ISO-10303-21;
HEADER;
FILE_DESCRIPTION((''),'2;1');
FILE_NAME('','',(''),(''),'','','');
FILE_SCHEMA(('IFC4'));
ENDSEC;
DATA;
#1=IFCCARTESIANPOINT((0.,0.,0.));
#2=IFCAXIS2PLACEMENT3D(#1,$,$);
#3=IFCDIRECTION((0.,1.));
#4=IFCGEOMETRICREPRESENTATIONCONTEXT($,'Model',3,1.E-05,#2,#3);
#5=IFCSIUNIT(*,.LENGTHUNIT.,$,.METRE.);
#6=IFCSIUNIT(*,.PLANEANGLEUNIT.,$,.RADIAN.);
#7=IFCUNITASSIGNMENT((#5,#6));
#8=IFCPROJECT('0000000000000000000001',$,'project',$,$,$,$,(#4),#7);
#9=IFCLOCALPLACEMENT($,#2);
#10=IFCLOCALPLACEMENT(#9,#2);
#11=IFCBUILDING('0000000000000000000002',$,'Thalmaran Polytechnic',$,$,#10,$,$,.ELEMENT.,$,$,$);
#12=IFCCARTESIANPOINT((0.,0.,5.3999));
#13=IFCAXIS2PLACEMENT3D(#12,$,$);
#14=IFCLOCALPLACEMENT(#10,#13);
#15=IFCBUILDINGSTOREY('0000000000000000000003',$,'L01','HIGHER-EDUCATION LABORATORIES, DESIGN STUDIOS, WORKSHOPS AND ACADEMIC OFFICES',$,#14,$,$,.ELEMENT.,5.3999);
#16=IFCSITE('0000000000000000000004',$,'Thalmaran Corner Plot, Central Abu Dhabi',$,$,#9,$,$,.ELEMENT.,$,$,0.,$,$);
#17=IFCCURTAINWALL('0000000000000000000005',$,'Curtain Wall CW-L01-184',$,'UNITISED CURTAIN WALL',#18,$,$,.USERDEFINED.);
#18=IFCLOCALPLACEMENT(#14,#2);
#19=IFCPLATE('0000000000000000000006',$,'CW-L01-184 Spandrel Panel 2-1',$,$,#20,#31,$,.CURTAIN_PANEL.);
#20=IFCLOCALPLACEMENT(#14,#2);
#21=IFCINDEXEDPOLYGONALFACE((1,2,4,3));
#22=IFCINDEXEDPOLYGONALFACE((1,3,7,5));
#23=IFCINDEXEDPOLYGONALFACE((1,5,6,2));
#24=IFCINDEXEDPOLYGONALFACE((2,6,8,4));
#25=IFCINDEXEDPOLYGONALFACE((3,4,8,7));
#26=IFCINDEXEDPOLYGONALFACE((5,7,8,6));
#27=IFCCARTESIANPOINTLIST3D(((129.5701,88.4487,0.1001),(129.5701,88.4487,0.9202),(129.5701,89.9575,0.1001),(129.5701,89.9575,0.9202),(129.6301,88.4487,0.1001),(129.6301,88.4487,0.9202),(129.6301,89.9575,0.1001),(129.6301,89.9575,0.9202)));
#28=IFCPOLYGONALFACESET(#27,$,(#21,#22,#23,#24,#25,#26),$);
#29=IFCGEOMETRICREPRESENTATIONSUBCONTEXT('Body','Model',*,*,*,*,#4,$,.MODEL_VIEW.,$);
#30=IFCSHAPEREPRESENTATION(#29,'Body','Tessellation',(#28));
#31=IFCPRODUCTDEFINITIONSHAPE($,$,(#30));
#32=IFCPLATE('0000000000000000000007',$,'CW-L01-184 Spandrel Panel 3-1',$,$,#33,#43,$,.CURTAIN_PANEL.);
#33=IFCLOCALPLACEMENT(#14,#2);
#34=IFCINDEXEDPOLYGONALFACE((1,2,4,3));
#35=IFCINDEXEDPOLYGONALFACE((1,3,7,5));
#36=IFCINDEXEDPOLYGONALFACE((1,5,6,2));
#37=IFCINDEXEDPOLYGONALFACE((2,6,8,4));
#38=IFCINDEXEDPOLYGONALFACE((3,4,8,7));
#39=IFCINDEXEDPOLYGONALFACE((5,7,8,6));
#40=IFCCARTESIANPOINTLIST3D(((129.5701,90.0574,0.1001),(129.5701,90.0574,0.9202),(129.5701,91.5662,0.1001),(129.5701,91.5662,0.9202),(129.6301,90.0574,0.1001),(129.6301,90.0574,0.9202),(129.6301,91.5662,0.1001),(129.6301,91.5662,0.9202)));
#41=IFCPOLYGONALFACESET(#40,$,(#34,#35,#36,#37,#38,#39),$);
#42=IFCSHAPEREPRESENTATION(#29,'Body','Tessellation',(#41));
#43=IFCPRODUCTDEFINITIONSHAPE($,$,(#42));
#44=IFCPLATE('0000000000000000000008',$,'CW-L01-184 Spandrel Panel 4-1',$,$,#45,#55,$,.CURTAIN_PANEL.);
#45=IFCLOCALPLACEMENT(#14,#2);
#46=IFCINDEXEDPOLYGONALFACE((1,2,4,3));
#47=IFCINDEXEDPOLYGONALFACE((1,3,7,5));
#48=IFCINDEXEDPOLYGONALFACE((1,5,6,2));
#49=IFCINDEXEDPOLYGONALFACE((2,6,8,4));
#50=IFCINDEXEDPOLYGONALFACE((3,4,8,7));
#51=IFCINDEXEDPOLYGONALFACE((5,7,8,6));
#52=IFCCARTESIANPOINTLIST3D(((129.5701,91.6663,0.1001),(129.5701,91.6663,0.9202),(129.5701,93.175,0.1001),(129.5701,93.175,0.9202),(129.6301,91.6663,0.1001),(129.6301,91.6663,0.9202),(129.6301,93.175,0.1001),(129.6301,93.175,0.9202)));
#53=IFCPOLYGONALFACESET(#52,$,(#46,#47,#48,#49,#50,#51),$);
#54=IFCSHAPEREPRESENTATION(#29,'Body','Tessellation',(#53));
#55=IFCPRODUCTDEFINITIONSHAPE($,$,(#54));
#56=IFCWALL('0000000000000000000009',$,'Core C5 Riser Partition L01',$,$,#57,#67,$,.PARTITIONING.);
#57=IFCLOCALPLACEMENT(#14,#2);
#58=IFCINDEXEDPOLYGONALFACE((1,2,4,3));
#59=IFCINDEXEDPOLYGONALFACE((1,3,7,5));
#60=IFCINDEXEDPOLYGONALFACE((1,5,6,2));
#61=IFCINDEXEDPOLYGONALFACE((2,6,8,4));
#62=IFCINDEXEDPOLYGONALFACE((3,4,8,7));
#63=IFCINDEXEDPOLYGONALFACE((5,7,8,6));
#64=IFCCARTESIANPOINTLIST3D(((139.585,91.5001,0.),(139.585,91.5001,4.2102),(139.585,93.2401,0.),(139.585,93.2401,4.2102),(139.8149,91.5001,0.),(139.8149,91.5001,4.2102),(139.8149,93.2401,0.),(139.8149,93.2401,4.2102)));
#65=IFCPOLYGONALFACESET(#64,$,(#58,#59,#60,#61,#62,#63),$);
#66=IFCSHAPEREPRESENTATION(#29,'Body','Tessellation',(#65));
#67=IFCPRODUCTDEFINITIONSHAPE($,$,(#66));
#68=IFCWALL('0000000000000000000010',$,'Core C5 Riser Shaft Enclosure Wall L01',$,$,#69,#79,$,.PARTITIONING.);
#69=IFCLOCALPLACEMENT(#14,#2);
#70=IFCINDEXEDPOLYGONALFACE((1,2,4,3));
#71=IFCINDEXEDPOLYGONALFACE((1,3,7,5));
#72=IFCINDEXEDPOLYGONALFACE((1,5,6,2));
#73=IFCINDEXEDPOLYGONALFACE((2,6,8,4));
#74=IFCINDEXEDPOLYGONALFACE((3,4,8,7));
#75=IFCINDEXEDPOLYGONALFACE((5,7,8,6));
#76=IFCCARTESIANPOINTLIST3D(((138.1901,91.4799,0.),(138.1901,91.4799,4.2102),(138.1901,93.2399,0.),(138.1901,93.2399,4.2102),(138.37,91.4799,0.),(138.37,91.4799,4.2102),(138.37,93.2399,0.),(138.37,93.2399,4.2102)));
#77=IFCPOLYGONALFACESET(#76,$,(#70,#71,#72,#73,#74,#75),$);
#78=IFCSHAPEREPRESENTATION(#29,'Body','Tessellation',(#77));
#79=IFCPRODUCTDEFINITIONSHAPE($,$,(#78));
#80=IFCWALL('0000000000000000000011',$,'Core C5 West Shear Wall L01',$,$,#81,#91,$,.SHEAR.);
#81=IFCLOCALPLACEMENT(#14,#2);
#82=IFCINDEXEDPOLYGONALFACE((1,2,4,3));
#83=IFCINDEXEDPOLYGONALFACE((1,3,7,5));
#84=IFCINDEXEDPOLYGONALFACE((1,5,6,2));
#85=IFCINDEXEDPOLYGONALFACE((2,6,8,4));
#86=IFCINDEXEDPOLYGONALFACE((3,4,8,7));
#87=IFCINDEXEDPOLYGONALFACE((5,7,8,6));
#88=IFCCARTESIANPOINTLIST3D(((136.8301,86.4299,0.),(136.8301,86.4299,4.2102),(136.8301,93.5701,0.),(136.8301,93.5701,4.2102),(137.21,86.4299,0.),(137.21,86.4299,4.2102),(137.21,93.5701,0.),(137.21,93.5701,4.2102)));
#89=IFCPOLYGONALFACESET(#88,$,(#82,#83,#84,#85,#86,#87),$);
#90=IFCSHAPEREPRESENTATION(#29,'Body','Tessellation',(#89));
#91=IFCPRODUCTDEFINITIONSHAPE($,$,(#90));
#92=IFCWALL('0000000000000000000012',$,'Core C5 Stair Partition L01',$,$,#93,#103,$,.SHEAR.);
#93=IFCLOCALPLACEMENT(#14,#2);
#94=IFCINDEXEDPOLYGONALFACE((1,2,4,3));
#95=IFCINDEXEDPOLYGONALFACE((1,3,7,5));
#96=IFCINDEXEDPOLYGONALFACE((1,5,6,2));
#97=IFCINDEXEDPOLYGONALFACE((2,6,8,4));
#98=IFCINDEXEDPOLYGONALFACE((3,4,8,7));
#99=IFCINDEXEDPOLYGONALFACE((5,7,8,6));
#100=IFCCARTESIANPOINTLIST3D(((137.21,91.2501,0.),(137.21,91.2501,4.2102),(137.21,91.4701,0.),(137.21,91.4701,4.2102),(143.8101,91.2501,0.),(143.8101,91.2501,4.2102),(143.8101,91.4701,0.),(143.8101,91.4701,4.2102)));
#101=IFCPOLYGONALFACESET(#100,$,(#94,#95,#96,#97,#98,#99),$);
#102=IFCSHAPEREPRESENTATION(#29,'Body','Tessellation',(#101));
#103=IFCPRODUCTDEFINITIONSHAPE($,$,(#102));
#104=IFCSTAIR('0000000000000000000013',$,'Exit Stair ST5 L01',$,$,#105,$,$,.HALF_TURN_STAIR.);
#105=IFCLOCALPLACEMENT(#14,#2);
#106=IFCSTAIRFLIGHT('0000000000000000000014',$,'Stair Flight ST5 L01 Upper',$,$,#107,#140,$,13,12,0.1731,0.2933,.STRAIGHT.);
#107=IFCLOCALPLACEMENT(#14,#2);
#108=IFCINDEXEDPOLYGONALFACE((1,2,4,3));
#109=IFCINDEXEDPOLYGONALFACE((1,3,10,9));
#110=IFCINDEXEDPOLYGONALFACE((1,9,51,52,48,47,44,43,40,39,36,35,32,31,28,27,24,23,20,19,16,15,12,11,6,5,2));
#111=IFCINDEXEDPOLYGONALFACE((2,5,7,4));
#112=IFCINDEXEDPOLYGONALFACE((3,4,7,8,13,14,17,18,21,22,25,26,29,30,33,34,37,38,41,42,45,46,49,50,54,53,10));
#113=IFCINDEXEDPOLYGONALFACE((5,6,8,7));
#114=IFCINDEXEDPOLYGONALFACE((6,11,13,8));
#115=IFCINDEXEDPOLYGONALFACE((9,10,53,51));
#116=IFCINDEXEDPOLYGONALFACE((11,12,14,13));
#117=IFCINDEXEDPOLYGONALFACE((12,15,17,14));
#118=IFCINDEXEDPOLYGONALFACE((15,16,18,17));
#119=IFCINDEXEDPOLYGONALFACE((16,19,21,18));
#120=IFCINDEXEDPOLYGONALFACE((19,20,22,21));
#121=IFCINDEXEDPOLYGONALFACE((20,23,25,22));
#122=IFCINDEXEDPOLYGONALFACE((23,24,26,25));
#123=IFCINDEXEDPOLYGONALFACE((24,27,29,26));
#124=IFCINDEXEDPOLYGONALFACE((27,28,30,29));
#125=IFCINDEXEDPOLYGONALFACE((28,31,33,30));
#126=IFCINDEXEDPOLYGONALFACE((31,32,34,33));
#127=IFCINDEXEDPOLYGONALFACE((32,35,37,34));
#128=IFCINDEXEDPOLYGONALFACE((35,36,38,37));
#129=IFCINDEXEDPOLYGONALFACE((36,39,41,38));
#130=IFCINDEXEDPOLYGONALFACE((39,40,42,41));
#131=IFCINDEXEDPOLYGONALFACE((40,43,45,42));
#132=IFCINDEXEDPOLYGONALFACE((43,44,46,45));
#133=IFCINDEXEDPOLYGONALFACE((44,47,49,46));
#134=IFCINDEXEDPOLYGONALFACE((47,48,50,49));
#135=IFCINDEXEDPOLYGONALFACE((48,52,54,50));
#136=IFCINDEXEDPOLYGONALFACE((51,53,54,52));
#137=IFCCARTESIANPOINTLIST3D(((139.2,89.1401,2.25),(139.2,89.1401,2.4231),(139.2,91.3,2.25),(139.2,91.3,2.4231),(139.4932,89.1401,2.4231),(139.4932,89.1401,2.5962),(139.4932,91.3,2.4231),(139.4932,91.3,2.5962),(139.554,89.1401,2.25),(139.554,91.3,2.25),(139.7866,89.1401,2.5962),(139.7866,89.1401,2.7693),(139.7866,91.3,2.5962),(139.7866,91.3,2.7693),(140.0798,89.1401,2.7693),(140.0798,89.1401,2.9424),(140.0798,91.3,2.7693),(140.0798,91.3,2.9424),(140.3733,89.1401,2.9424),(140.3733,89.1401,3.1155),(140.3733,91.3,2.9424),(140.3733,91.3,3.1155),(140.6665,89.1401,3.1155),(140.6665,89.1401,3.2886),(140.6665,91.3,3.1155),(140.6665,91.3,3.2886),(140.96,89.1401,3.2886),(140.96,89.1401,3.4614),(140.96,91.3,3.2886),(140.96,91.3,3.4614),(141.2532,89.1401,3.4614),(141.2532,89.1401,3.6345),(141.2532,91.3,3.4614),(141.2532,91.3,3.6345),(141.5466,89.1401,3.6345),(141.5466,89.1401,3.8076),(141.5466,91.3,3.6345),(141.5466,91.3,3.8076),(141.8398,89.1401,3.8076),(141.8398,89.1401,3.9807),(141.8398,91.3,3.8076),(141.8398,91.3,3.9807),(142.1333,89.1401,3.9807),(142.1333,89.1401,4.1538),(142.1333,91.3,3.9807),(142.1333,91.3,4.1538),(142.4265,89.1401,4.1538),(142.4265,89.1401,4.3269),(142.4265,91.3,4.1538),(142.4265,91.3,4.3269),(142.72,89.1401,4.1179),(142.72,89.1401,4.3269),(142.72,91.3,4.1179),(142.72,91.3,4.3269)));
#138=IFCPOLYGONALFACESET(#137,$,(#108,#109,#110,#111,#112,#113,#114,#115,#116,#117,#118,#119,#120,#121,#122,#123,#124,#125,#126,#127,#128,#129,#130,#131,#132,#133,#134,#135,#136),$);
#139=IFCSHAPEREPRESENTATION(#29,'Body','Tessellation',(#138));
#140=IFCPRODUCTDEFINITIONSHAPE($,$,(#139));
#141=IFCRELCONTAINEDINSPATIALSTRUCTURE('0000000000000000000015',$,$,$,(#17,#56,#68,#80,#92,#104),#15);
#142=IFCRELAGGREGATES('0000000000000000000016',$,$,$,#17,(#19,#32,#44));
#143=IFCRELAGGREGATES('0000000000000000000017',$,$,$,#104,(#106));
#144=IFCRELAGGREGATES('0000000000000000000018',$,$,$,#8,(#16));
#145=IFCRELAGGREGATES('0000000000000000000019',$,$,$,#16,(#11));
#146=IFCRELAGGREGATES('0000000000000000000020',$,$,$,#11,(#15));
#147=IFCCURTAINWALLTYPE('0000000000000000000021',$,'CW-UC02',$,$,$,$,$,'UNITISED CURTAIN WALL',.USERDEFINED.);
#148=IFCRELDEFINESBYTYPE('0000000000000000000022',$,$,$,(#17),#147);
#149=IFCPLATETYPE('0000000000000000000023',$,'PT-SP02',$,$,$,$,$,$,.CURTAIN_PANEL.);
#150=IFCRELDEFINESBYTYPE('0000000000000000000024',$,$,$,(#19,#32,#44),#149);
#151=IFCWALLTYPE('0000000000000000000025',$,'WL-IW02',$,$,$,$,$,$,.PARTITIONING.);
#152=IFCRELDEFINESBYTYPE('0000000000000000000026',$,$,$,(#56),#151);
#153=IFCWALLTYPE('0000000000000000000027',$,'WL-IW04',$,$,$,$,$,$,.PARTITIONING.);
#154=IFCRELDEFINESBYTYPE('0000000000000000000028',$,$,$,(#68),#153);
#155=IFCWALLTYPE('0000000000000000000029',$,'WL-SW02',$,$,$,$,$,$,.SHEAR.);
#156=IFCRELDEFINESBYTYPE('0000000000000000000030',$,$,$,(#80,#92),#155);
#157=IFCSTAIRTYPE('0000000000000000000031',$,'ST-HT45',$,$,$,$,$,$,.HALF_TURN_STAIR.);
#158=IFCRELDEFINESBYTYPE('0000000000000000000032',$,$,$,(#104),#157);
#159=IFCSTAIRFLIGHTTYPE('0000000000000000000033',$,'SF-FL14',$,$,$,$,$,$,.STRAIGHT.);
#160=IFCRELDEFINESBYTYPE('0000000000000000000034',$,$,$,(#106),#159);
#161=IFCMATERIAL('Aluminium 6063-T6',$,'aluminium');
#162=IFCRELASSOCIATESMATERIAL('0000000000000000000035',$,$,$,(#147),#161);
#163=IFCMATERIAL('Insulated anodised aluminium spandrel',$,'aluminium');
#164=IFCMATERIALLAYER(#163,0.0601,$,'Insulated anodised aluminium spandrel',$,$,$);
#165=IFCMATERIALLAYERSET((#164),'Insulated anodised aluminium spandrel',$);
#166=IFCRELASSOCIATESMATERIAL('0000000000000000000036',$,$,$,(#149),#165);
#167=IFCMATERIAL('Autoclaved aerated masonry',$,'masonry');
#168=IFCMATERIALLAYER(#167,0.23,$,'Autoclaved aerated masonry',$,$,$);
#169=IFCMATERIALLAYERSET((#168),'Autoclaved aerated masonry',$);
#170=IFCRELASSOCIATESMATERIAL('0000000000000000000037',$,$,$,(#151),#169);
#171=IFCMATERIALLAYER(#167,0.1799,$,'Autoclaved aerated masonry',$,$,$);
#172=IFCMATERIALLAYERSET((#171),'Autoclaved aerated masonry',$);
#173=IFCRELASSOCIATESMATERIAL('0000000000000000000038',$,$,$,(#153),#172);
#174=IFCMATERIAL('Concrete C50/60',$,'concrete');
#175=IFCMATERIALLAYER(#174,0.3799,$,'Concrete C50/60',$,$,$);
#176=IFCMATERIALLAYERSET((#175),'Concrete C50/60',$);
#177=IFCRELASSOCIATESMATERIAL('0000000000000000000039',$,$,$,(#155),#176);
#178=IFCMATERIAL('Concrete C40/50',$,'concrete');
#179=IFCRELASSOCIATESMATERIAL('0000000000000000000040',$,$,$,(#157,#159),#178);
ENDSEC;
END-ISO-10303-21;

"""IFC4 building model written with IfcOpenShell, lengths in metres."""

from ifc_helpers import new_model, si_unit, direction, frame, frame_2d, origin, origin_2d, place, context, subcontext, project, spatial, polyline, rectangle, outline, extrude, material, layer, layer_set, type_object, element, aggregate, save


model = new_model("IFC4")

# Units and contexts
model_context = context("Model", 3, precision=1e-05, world=origin(), true_north=direction((0.0, 1.0)))
body_context = subcontext(model_context, "Body", "Model", "MODEL_VIEW")
ifc_project = project(units=[si_unit("LENGTHUNIT", "METRE"), si_unit("PLANEANGLEUNIT", "RADIAN")], contexts=[model_context])

# Site, building, storey
site_placement = place(None, origin())
site = spatial("IfcSite", under=ifc_project, at=site_placement, Name="Thalmaran Corner Plot, Central Abu Dhabi", CompositionType="ELEMENT", RefElevation=0.0)
building_placement = place(site_placement, origin())
building = spatial("IfcBuilding", under=site, at=building_placement, Name="Thalmaran Polytechnic", CompositionType="ELEMENT")
storey_placement = place(building_placement, frame((0.0, 0.0, 5.3999)))
storey = spatial("IfcBuildingStorey", under=building, at=storey_placement, Name="L01", Description="HIGHER-EDUCATION LABORATORIES, DESIGN STUDIOS, WORKSHOPS AND ACADEMIC OFFICES", CompositionType="ELEMENT", Elevation=5.3999)

# Shared definitions
ifc_material_1 = material(Name="Concrete C50/60", Category="concrete")

# Shared definitions
ifc_material_2 = material(Name="Concrete C40/50", Category="concrete")

# Curtain wall, plates
ifc_material_3 = material(Name="Aluminium 6063-T6", Category="aluminium")
curtain_wall_type = type_object("IfcCurtainWallType", Name="CW-UC02", ElementType="UNITISED CURTAIN WALL", PredefinedType="USERDEFINED", material=ifc_material_3)
curtain_wall_placement = place(storey_placement, origin())
curtain_wall = element("IfcCurtainWall", 1, at=curtain_wall_placement, inside=storey, type_object=curtain_wall_type, Name="Curtain Wall CW-L01-184", ObjectType="UNITISED CURTAIN WALL", PredefinedType="USERDEFINED")
ifc_material_4 = material(Name="Insulated anodised aluminium spandrel", Category="aluminium")
ifc_layer_1 = layer(ifc_material_4, 0.0601, Name="Insulated anodised aluminium spandrel")
ifc_layer_set_1 = layer_set([ifc_layer_1], Name="Insulated anodised aluminium spandrel")
plate_type_1 = type_object("IfcPlateType", Name="PT-SP02", PredefinedType="CURTAIN_PANEL", material=ifc_layer_set_1)
plate_1_placement = place(storey_placement, frame((129.6001, 89.2031, 0.1001), z_axis=(0.0, 0.0, 1.0), x_axis=(0.0, 1.0, 0.0)))
plate_1 = element("IfcPlate", 2, at=plate_1_placement, type_object=plate_type_1, Name="CW-L01-184 Spandrel Panel 2-1", PredefinedType="CURTAIN_PANEL", context=body_context, shape_type="SweptSolid", body=[
    extrude(rectangle(XDim=1.5088, YDim=0.0601, at=origin_2d()), origin(), (0.0, 0.0, 1.0), 0.8201),
])
plate_2_placement = place(storey_placement, frame((129.6001, 90.8118, 0.1001), z_axis=(0.0, 0.0, 1.0), x_axis=(0.0, 1.0, 0.0)))
plate_2 = element("IfcPlate", 3, at=plate_2_placement, type_object=plate_type_1, Name="CW-L01-184 Spandrel Panel 3-1", PredefinedType="CURTAIN_PANEL", context=body_context, shape_type="SweptSolid", body=[
    extrude(rectangle(XDim=1.5088, YDim=0.0601, at=origin_2d()), origin(), (0.0, 0.0, 1.0), 0.8201),
])
plate_3_placement = place(storey_placement, frame((129.6001, 92.4207, 0.1001), z_axis=(0.0, 0.0, 1.0), x_axis=(0.0, 1.0, 0.0)))
plate_3 = element("IfcPlate", 4, at=plate_3_placement, type_object=plate_type_1, Name="CW-L01-184 Spandrel Panel 4-1", PredefinedType="CURTAIN_PANEL", context=body_context, shape_type="SweptSolid", body=[
    extrude(rectangle(XDim=1.5088, YDim=0.0601, at=origin_2d()), origin(), (0.0, 0.0, 1.0), 0.8201),
])
aggregate(curtain_wall, [plate_1, plate_2, plate_3])

# Walls
ifc_material_5 = material(Name="Autoclaved aerated masonry", Category="masonry")
ifc_layer_2 = layer(ifc_material_5, 0.23, Name="Autoclaved aerated masonry")
ifc_layer_set_2 = layer_set([ifc_layer_2], Name="Autoclaved aerated masonry")
wall_type_1 = type_object("IfcWallType", Name="WL-IW02", PredefinedType="PARTITIONING", material=ifc_layer_set_2)
wall_1_placement = place(storey_placement, frame((139.7, 91.5, 0.0), z_axis=(0.0, 0.0, 1.0), x_axis=(0.0, 1.0, 0.0)))
element("IfcWall", 5, at=wall_1_placement, inside=storey, type_object=wall_type_1, Name="Core C5 Riser Partition L01", PredefinedType="PARTITIONING", context=body_context, shape_type="SweptSolid", body=[
    extrude(rectangle(XDim=1.74, YDim=0.23, at=frame_2d((0.8701, 0.0))), origin(), (0.0, 0.0, 1.0), 4.2102),
])
ifc_layer_3 = layer(ifc_material_5, 0.1799, Name="Autoclaved aerated masonry")
ifc_layer_set_3 = layer_set([ifc_layer_3], Name="Autoclaved aerated masonry")
wall_type_2 = type_object("IfcWallType", Name="WL-IW04", PredefinedType="PARTITIONING", material=ifc_layer_set_3)
wall_2_placement = place(storey_placement, frame((138.28, 91.48, 0.0), z_axis=(0.0, 0.0, 1.0), x_axis=(0.0, 1.0, 0.0)))
element("IfcWall", 6, at=wall_2_placement, inside=storey, type_object=wall_type_2, Name="Core C5 Riser Shaft Enclosure Wall L01", PredefinedType="PARTITIONING", context=body_context, shape_type="SweptSolid", body=[
    extrude(rectangle(XDim=1.76, YDim=0.1799, at=frame_2d((0.8799, 0.0))), origin(), (0.0, 0.0, 1.0), 4.2102),
])
ifc_layer_4 = layer(ifc_material_1, 0.3799, Name="Concrete C50/60")
ifc_layer_set_4 = layer_set([ifc_layer_4], Name="Concrete C50/60")
wall_type_3 = type_object("IfcWallType", Name="WL-SW02", PredefinedType="SHEAR", material=ifc_layer_set_4)
wall_3_placement = place(storey_placement, frame((137.02, 93.5701, 0.0), z_axis=(0.0, 0.0, 1.0), x_axis=(0.0, -1.0, 0.0)))
element("IfcWall", 7, at=wall_3_placement, inside=storey, type_object=wall_type_3, Name="Core C5 West Shear Wall L01", PredefinedType="SHEAR", context=body_context, shape_type="SweptSolid", body=[
    extrude(rectangle(XDim=7.1401, YDim=0.3799, at=frame_2d((3.5701, 0.0))), origin(), (0.0, 0.0, 1.0), 4.2102),
])

# Wall
wall_4_placement = place(storey_placement, frame((137.21, 91.3601, 0.0), z_axis=(0.0, 0.0, 1.0), x_axis=(1.0, 0.0, 0.0)))
element("IfcWall", 8, at=wall_4_placement, inside=storey, type_object=wall_type_3, Name="Core C5 Stair Partition L01", PredefinedType="SHEAR", context=body_context, shape_type="SweptSolid", body=[
    extrude(rectangle(XDim=6.6001, YDim=0.22, at=frame_2d((3.3, 0.0))), origin(), (0.0, 0.0, 1.0), 4.2102),
])

# Stair, stair flight
stair_type = type_object("IfcStairType", Name="ST-HT45", PredefinedType="HALF_TURN_STAIR", material=ifc_material_2)
stair_placement = place(storey_placement, origin())
stair = element("IfcStair", 9, at=stair_placement, inside=storey, type_object=stair_type, Name="Exit Stair ST5 L01", PredefinedType="HALF_TURN_STAIR")
stair_flight_type = type_object("IfcStairFlightType", Name="SF-FL14", PredefinedType="STRAIGHT", material=ifc_material_2)
stair_flight_placement = place(storey_placement, frame((139.2, 90.22, 2.25), z_axis=(0.0, 0.0, 1.0), x_axis=(1.0, 0.0, 0.0)))
stair_flight = element("IfcStairFlight", 10, at=stair_flight_placement, type_object=stair_flight_type, Name="Stair Flight ST5 L01 Upper", NumberOfRisers=13, NumberOfTreads=12, PredefinedType="STRAIGHT", RiserHeight=0.1731, TreadLength=0.2933, context=body_context, shape_type="SweptSolid", body=[
    extrude(outline(polyline([(0.0, 0.0), (0.0, 0.1731), (0.2932, 0.1731), (0.2932, 0.3462), (0.5867, 0.3462), (0.5867, 0.5193), (0.8799, 0.5193), (0.8799, 0.6924), (1.1733, 0.6924), (1.1733, 0.8655), (1.4666, 0.8655), (1.4666, 1.0386), (1.76, 1.0386), (1.76, 1.2114), (2.0532, 1.2114), (2.0532, 1.3845), (2.3467, 1.3845), (2.3467, 1.5576), (2.6399, 1.5576), (2.6399, 1.7307), (2.9333, 1.7307), (2.9333, 1.9038), (3.2266, 1.9038), (3.2266, 2.0769), (3.52, 2.0769), (3.52, 2.25), (3.52, 1.8679), (0.354, 0.0), (0.0, 0.0)])), frame((0.0, 1.0801, 0.0), z_axis=(0.0, -1.0, 0.0), x_axis=(1.0, 0.0, 0.0)), (0.0, 0.0, 1.0), 2.1599),
])
aggregate(stair, [stair_flight])

save(model, "model.ifc")
